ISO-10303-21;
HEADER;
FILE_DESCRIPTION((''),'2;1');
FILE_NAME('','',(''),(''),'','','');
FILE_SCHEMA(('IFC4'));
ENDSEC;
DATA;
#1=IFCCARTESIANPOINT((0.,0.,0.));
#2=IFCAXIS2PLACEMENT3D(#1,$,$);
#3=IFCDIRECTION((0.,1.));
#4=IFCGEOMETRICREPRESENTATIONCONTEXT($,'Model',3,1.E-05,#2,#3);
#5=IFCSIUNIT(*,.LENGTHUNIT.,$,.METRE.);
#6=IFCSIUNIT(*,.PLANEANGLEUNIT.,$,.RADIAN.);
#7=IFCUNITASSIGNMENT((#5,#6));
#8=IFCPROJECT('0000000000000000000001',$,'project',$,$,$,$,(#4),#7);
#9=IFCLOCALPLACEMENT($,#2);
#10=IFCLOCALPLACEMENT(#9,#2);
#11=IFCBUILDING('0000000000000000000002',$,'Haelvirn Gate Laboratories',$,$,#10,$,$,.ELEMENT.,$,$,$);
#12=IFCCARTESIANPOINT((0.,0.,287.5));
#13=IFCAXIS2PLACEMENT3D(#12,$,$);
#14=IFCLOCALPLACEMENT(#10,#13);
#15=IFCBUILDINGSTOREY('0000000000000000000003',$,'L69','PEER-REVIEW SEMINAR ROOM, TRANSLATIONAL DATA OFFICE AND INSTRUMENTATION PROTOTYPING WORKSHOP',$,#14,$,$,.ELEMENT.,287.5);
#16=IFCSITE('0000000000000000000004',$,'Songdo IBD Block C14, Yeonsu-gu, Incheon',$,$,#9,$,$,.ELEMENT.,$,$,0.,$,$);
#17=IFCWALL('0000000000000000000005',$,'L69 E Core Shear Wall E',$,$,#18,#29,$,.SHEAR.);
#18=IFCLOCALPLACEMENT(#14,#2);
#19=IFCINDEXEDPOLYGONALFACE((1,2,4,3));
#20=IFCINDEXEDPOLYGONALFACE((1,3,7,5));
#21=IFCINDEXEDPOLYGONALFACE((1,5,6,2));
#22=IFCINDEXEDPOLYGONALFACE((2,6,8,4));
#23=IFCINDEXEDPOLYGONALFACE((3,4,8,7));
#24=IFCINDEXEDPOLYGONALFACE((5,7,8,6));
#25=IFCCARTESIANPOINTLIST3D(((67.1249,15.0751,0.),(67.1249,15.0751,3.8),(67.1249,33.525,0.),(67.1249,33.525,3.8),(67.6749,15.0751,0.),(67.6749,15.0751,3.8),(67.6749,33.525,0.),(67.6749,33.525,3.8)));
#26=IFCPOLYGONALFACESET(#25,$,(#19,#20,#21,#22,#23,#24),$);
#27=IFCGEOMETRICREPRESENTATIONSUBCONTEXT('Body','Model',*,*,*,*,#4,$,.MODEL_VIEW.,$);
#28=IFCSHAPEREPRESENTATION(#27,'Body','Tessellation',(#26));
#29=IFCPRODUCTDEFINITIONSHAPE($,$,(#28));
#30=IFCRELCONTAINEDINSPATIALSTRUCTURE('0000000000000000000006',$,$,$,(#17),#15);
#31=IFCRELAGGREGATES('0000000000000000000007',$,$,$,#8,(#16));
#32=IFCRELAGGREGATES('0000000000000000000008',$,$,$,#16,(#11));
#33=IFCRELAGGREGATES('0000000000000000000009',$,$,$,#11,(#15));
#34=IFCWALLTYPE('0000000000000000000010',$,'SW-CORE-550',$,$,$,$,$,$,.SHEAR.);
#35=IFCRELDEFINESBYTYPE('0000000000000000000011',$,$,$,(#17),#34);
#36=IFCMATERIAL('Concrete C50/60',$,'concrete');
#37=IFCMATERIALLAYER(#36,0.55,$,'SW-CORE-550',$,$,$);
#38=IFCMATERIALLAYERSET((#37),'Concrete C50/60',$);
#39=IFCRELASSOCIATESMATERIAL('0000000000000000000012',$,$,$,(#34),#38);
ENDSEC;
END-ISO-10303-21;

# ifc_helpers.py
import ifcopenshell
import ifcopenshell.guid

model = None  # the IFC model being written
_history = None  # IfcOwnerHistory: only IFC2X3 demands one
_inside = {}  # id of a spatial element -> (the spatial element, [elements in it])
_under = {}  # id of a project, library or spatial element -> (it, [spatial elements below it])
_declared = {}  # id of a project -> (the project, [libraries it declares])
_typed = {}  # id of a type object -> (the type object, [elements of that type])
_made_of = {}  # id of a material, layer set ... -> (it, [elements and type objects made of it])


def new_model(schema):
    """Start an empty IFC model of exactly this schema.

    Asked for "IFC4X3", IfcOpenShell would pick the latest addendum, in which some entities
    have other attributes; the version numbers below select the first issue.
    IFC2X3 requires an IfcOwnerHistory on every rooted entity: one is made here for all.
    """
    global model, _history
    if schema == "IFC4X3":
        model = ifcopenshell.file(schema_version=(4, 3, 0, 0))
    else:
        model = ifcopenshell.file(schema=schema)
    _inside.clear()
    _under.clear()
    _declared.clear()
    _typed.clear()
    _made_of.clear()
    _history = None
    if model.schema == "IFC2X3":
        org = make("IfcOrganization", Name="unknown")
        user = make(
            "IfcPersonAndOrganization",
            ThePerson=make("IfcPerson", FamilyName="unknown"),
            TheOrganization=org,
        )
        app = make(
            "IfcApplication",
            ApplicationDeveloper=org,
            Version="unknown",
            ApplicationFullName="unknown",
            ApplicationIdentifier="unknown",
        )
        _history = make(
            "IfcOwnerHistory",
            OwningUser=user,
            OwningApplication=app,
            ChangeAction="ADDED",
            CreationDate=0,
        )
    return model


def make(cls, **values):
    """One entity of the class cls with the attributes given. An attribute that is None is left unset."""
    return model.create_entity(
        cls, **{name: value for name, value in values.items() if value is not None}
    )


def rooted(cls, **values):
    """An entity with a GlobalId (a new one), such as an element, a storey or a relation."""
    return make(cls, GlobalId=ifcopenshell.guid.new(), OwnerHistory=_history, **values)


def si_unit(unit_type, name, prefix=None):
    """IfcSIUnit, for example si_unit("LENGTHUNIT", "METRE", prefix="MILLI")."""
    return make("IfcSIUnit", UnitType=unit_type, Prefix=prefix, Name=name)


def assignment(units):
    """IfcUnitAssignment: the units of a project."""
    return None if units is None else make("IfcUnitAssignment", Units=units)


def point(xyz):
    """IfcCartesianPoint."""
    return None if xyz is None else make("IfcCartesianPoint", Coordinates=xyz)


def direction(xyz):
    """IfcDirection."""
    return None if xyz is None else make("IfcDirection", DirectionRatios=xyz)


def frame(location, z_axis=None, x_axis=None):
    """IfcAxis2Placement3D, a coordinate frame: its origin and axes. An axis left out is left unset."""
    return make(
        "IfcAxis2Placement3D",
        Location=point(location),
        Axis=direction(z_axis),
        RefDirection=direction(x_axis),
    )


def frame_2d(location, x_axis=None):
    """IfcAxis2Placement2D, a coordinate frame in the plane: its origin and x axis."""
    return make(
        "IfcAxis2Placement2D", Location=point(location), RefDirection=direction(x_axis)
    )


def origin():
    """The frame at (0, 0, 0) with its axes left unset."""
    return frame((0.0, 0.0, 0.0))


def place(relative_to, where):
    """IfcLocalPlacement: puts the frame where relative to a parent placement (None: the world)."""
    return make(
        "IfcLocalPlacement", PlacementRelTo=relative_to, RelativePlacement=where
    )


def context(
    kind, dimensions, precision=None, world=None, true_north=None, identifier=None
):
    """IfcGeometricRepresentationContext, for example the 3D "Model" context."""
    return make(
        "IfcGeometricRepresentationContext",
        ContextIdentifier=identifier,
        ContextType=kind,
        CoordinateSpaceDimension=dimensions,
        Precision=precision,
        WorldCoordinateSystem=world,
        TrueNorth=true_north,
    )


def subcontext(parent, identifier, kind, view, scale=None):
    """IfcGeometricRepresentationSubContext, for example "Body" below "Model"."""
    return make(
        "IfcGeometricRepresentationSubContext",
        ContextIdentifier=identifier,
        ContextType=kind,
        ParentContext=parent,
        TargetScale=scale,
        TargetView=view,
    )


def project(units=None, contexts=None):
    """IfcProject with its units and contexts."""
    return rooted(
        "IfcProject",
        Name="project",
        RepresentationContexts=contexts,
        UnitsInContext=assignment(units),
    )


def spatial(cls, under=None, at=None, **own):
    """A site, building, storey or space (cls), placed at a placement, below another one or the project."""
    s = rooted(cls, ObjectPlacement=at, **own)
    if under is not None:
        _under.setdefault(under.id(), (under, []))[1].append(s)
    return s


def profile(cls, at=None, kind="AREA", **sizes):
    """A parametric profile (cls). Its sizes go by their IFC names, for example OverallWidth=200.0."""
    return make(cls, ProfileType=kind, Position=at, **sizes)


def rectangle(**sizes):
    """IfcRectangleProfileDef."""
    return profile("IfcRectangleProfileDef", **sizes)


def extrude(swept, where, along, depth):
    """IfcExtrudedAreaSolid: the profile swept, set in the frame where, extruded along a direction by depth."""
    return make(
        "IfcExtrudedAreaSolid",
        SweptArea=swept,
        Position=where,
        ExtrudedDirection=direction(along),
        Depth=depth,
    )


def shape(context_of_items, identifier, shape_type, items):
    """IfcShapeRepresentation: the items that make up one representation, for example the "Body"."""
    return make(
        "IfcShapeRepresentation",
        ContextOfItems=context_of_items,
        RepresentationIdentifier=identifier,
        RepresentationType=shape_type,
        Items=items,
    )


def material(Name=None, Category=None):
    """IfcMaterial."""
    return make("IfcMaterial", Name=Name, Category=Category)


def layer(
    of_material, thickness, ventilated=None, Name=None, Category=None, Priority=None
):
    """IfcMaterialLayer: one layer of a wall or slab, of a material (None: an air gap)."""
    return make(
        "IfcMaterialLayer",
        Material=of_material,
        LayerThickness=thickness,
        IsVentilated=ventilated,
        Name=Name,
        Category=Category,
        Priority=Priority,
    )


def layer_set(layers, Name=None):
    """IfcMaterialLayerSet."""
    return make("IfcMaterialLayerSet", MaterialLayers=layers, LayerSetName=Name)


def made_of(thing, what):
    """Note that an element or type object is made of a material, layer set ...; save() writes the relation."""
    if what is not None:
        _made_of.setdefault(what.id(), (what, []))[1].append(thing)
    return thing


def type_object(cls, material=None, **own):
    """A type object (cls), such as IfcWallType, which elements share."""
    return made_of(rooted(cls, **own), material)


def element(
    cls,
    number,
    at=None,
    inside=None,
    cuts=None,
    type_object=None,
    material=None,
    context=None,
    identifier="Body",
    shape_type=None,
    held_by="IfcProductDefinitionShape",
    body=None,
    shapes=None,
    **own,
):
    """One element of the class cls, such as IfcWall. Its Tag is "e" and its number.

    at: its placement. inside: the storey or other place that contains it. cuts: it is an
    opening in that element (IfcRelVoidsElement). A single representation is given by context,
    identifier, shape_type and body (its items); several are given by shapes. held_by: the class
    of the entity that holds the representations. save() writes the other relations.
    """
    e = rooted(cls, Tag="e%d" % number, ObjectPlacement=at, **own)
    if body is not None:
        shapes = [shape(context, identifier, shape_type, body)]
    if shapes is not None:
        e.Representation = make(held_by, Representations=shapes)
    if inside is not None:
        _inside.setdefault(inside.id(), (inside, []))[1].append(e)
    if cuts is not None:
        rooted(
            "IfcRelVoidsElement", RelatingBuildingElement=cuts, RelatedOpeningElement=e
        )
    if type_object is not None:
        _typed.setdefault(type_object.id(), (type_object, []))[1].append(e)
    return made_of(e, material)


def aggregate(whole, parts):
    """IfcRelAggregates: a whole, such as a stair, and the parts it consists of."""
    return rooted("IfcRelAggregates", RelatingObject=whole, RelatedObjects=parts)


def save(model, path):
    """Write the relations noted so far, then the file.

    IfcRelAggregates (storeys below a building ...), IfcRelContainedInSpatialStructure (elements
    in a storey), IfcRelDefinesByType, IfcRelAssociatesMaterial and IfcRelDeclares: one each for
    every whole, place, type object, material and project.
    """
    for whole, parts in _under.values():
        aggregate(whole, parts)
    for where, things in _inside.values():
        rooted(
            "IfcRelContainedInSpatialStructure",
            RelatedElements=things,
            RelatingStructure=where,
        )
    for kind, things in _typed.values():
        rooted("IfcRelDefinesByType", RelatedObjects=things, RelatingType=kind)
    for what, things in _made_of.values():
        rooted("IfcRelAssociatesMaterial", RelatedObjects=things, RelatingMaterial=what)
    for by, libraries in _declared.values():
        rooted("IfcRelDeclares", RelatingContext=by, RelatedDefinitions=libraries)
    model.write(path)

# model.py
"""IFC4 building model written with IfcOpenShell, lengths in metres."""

from ifc_helpers import new_model, si_unit, direction, frame, frame_2d, origin, place, context, subcontext, project, spatial, rectangle, extrude, material, layer, layer_set, type_object, element, save


model = new_model("IFC4")

# Units and contexts
model_context = context("Model", 3, precision=1e-05, world=origin(), true_north=direction((0.0, 1.0)))
body_context = subcontext(model_context, "Body", "Model", "MODEL_VIEW")
ifc_project = project(units=[si_unit("LENGTHUNIT", "METRE"), si_unit("PLANEANGLEUNIT", "RADIAN")], contexts=[model_context])

# Site, building, storey
site_placement = place(None, origin())
site = spatial("IfcSite", under=ifc_project, at=site_placement, Name="Songdo IBD Block C14, Yeonsu-gu, Incheon", CompositionType="ELEMENT", RefElevation=0.0)
building_placement = place(site_placement, origin())
building = spatial("IfcBuilding", under=site, at=building_placement, Name="Haelvirn Gate Laboratories", CompositionType="ELEMENT")
storey_placement = place(building_placement, frame((0.0, 0.0, 287.5)))
storey = spatial("IfcBuildingStorey", under=building, at=storey_placement, Name="L69", Description="PEER-REVIEW SEMINAR ROOM, TRANSLATIONAL DATA OFFICE AND INSTRUMENTATION PROTOTYPING WORKSHOP", CompositionType="ELEMENT", Elevation=287.5)

# Shared definitions
ifc_material_1 = material(Name="Concrete C50/60", Category="concrete")

# Wall
ifc_layer_1 = layer(ifc_material_1, 0.55, Name="SW-CORE-550")
ifc_layer_set_1 = layer_set([ifc_layer_1], Name="Concrete C50/60")
wall_type_1 = type_object("IfcWallType", Name="SW-CORE-550", PredefinedType="SHEAR", material=ifc_layer_set_1)
wall_1_placement = place(storey_placement, frame((67.3999, 15.075, 0.0), z_axis=(0.0, 0.0, 1.0), x_axis=(0.0, 1.0, 0.0)))
element("IfcWall", 1, at=wall_1_placement, inside=storey, type_object=wall_type_1, Name="L69 E Core Shear Wall E", PredefinedType="SHEAR", context=body_context, shape_type="SweptSolid", body=[
    extrude(rectangle(XDim=18.45, YDim=0.55, at=frame_2d((9.2251, 0.0))), origin(), (0.0, 0.0, 1.0), 3.8),
])

save(model, "model.ifc")
